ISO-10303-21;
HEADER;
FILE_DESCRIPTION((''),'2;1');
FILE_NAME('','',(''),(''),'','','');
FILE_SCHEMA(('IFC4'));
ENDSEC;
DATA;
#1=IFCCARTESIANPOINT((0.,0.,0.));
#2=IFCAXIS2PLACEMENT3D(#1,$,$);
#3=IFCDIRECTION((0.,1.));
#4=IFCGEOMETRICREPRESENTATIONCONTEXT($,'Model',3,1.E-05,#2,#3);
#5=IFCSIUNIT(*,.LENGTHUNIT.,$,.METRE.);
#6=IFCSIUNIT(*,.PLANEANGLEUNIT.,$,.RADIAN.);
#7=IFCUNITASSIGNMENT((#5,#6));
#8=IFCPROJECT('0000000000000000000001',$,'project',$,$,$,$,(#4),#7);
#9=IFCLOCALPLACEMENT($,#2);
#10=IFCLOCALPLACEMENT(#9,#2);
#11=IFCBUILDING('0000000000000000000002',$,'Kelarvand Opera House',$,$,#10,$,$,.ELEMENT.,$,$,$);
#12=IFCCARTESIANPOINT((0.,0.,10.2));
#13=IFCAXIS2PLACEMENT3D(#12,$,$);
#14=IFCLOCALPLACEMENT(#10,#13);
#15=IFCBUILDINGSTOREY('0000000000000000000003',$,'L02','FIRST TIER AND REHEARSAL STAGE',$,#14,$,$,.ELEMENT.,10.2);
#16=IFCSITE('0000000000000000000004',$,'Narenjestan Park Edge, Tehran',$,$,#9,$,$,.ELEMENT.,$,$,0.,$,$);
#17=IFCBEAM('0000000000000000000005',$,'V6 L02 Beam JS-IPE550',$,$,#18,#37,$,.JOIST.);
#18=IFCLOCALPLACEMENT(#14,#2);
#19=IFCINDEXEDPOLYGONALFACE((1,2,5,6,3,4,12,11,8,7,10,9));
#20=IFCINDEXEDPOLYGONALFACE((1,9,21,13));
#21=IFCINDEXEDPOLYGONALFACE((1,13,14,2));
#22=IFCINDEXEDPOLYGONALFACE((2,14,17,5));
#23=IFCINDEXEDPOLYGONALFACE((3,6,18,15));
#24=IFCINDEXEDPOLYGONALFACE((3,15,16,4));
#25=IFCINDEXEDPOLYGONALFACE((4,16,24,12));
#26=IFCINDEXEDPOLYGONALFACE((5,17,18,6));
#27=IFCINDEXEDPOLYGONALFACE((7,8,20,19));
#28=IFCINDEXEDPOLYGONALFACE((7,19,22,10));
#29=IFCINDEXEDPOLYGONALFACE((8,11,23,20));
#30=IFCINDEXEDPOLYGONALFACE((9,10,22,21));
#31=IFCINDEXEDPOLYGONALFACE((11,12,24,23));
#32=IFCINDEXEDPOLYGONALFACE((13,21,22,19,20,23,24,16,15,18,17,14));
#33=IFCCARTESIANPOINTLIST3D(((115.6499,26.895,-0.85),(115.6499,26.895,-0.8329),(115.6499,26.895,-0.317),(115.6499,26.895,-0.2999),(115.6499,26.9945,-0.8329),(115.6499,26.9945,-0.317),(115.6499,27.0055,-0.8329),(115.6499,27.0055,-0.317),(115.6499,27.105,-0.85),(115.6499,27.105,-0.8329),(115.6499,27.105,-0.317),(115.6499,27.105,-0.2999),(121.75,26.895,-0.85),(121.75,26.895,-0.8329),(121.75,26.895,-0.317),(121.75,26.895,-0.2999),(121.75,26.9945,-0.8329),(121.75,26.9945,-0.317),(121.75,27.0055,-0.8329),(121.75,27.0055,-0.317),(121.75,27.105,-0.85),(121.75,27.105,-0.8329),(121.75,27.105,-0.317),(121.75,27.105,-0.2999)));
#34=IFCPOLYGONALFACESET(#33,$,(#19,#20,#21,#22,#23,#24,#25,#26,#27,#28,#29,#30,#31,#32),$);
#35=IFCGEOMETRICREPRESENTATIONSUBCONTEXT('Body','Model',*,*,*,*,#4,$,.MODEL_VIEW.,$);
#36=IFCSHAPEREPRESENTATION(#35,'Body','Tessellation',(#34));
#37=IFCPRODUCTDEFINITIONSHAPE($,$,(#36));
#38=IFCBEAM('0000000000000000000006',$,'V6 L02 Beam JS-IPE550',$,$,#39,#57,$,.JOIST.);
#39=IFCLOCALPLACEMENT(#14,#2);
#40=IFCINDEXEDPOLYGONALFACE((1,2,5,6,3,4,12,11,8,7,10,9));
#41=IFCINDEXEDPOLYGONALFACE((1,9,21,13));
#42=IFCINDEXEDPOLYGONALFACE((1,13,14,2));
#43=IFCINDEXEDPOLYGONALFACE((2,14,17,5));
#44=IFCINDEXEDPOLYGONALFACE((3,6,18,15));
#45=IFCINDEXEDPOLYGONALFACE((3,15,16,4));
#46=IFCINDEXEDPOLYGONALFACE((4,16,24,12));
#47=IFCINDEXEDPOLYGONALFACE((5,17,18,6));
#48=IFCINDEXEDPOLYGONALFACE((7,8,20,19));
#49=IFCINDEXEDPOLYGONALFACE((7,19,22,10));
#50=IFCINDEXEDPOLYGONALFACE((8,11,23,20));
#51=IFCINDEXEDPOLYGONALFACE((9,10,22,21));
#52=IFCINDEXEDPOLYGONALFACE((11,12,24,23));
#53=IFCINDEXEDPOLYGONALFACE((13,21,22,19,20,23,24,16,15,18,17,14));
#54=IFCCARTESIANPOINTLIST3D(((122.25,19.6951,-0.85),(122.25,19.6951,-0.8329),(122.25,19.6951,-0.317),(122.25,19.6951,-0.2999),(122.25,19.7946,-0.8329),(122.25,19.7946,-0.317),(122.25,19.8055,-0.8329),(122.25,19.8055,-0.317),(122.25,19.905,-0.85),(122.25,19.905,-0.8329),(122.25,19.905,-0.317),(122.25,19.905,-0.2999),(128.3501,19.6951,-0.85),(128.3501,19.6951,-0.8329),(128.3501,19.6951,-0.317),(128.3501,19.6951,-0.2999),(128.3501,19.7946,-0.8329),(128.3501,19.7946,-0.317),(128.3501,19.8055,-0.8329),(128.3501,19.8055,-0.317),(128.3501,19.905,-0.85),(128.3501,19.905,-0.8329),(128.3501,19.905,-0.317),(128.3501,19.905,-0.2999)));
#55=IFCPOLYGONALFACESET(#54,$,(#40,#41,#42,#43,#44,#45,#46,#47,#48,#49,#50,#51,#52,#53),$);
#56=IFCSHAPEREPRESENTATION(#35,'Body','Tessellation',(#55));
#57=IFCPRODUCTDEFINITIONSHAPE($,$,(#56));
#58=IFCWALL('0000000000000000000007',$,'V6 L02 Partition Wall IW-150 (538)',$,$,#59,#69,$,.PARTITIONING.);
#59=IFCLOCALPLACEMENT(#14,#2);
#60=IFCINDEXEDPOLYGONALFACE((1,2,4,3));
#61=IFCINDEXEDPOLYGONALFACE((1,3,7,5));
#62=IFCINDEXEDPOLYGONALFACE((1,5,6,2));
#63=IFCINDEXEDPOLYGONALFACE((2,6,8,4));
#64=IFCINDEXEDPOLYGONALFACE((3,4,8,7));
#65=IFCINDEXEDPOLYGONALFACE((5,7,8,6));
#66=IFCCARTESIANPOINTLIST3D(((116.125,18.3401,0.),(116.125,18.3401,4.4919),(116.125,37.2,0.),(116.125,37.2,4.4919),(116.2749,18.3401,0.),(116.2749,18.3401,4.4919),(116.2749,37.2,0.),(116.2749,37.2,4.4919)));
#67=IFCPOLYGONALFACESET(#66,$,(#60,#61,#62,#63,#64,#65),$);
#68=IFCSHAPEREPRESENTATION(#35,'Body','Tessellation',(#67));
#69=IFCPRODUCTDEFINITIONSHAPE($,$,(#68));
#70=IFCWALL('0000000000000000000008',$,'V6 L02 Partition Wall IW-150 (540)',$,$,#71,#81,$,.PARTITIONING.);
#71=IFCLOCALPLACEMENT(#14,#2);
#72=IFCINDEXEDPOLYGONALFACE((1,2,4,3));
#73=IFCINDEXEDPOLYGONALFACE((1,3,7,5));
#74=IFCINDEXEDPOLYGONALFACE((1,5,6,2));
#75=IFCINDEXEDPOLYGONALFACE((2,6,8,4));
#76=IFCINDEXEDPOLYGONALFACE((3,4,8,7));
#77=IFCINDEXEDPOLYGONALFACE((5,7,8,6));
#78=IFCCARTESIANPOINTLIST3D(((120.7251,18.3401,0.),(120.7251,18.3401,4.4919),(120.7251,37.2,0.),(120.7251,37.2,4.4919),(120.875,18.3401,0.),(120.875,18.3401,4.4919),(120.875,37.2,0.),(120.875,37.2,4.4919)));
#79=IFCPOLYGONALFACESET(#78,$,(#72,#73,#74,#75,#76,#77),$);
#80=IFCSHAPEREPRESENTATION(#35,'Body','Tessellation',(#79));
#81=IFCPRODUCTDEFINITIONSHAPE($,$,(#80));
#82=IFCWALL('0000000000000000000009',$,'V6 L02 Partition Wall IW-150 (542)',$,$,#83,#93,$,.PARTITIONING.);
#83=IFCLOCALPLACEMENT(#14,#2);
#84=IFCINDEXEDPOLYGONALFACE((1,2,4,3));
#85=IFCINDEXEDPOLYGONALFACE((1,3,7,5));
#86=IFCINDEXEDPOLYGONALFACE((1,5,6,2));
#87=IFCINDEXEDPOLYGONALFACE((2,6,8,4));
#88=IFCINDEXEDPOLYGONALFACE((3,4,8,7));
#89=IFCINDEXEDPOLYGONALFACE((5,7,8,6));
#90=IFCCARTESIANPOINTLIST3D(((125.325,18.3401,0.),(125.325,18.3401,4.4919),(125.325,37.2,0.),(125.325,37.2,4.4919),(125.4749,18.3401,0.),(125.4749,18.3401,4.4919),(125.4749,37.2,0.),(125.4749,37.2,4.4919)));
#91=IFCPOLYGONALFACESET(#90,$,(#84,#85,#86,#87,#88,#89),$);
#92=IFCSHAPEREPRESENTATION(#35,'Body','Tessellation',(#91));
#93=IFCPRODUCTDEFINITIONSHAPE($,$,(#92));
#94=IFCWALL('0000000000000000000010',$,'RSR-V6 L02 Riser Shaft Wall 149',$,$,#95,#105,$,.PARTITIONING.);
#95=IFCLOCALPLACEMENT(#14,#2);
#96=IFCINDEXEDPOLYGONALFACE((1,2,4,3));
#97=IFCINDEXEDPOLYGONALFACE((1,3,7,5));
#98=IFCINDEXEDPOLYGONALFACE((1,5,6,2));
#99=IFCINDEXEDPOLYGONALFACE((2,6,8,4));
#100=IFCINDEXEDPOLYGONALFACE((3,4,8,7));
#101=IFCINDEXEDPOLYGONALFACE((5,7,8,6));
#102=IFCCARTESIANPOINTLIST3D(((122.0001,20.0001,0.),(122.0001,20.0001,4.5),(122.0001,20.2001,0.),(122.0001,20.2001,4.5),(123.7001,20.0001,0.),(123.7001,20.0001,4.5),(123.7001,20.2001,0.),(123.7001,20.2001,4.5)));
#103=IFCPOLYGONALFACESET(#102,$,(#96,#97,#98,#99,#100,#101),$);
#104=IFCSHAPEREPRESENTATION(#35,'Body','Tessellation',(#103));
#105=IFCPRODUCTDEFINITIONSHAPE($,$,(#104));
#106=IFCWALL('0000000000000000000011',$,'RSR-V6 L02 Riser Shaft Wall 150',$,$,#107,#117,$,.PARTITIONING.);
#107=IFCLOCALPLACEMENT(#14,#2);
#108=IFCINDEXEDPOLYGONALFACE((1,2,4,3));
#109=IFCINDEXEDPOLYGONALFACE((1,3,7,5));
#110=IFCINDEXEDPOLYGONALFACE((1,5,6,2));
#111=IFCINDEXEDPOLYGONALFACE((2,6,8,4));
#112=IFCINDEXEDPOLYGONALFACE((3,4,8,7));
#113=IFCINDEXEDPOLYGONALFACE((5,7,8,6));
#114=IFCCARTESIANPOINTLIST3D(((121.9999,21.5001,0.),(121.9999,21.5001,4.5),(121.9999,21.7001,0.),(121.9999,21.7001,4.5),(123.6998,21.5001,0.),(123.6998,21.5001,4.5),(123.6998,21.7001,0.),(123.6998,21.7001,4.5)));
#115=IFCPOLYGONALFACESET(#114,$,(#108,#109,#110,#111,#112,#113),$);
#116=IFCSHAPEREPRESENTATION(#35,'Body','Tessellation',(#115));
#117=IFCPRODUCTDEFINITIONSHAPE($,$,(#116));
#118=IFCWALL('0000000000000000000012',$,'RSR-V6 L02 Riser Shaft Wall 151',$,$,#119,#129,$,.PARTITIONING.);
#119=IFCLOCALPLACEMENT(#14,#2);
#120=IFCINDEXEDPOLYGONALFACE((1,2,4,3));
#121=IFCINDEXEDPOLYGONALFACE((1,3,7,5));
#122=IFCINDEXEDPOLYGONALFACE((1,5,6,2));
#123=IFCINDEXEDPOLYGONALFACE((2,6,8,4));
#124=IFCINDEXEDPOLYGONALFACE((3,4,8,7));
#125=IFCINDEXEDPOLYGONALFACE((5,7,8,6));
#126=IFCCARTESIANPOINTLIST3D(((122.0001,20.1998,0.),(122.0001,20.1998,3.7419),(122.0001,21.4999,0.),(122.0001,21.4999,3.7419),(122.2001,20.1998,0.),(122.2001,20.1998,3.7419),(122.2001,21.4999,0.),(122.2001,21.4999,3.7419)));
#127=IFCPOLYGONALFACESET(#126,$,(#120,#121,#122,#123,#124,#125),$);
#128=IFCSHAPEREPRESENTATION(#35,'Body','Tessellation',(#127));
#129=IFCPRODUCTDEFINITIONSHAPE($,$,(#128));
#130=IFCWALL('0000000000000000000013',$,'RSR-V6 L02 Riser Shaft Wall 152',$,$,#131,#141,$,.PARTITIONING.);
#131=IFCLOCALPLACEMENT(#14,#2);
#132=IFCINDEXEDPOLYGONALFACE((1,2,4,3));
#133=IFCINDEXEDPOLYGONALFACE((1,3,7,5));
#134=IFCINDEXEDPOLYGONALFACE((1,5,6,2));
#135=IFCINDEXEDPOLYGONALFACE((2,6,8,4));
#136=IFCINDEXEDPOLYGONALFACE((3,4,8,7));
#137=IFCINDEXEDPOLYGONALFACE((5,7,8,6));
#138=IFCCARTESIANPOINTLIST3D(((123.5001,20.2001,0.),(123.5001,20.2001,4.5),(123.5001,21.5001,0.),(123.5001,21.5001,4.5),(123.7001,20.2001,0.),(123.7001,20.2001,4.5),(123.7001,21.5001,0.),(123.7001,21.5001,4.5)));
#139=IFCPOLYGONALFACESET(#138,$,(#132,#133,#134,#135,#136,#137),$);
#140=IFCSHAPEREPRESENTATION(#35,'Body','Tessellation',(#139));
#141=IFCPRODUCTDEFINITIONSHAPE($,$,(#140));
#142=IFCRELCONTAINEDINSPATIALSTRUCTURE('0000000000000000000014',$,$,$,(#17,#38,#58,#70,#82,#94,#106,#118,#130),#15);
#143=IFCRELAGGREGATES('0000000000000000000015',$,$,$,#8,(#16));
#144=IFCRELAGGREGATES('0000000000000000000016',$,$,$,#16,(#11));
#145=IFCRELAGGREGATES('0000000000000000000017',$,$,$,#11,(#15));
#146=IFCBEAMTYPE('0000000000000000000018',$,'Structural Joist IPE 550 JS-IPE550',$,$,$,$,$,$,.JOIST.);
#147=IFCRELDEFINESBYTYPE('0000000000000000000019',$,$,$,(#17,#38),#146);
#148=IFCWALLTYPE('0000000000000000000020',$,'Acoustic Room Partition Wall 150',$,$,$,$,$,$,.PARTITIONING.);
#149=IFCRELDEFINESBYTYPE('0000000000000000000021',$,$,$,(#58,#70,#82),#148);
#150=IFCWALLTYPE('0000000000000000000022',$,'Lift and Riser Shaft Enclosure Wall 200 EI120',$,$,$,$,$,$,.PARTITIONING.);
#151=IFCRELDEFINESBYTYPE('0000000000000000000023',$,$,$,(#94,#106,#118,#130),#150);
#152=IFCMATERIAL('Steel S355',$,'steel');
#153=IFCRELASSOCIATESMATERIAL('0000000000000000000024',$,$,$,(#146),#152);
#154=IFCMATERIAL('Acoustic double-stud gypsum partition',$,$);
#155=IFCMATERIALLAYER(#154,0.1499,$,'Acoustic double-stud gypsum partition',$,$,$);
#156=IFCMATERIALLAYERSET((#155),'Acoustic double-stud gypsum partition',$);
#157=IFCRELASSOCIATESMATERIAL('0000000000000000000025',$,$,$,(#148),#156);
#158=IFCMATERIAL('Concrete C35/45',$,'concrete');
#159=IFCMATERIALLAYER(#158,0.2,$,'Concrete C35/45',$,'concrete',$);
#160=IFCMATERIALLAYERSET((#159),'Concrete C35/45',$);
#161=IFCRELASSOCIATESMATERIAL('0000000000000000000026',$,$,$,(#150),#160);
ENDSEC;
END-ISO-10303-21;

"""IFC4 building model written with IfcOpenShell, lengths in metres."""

from ifc_helpers import new_model, si_unit, direction, frame, frame_2d, origin, origin_2d, place, context, subcontext, project, spatial, rectangle, i_section, extrude, material, layer, layer_set, material_profile, profile_set, type_object, element, save


model = new_model("IFC4")

# Units and contexts
model_context = context("Model", 3, precision=1e-05, world=origin(), true_north=direction((0.0, 1.0)))
body_context = subcontext(model_context, "Body", "Model", "MODEL_VIEW")
ifc_project = project(units=[si_unit("LENGTHUNIT", "METRE"), si_unit("PLANEANGLEUNIT", "RADIAN")], contexts=[model_context])

# Site, building, storey
site_placement = place(None, origin())
site = spatial("IfcSite", under=ifc_project, at=site_placement, Name="Narenjestan Park Edge, Tehran", CompositionType="ELEMENT", RefElevation=0.0)
building_placement = place(site_placement, origin())
building = spatial("IfcBuilding", under=site, at=building_placement, Name="Kelarvand Opera House", CompositionType="ELEMENT")
storey_placement = place(building_placement, frame((0.0, 0.0, 10.2)))
storey = spatial("IfcBuildingStorey", under=building, at=storey_placement, Name="L02", Description="FIRST TIER AND REHEARSAL STAGE", CompositionType="ELEMENT", Elevation=10.2)

# Beams
ifc_material_1 = material(Name="Concrete C35/45", Category="concrete")
ifc_material_2 = material(Name="Steel S355", Category="steel")
ifc_material_profile_1 = material_profile(ifc_material_2, i_section(OverallWidth=0.21, OverallDepth=0.55, WebThickness=0.011, FlangeThickness=0.0171, at=origin_2d()), Name="IPE 550", Category="steel")
ifc_profile_set_1 = profile_set([ifc_material_profile_1], Name="Steel S355")
beam_type_1 = type_object("IfcBeamType", Name="Structural Joist IPE 550 JS-IPE550", PredefinedType="JOIST", material=ifc_profile_set_1)
for number, where, z_axis, x_axis, name in (
    (1, (115.6499, 27.0, -0.575), (1.0, 0.0, 0.0), (0.0, 1.0, 0.0), "V6 L02 Beam JS-IPE550"),
    (2, (122.25, 19.8, -0.575), (1.0, 0.0, 0.0), (0.0, 1.0, 0.0), "V6 L02 Beam JS-IPE550"),
):
    element("IfcBeam", number, at=place(storey_placement, frame(where, z_axis=z_axis, x_axis=x_axis)), inside=storey, type_object=beam_type_1, Name=name, PredefinedType="JOIST", context=body_context, shape_type="SweptSolid", body=[
        extrude(i_section(OverallWidth=0.21, OverallDepth=0.55, WebThickness=0.011, FlangeThickness=0.0171, at=origin_2d()), origin(), (0.0, 0.0, 1.0), 6.1001),
    ])

# Walls
ifc_material_3 = material(Name="Acoustic double-stud gypsum partition")
ifc_layer_1 = layer(ifc_material_3, 0.1499, Name="Acoustic double-stud gypsum partition")
ifc_layer_set_1 = layer_set([ifc_layer_1], Name="Acoustic double-stud gypsum partition")
wall_type_1 = type_object("IfcWallType", Name="Acoustic Room Partition Wall 150", PredefinedType="PARTITIONING", material=ifc_layer_set_1)
for number, where, z_axis, x_axis, name in (
    (3, (116.2, 18.3401, 0.0), (0.0, 0.0, 1.0), (0.0, 1.0, 0.0), "V6 L02 Partition Wall IW-150 (538)"),
    (4, (120.8, 18.3401, 0.0), (0.0, 0.0, 1.0), (0.0, 1.0, 0.0), "V6 L02 Partition Wall IW-150 (540)"),
    (5, (125.3999, 18.3401, 0.0), (0.0, 0.0, 1.0), (0.0, 1.0, 0.0), "V6 L02 Partition Wall IW-150 (542)"),
):
    element("IfcWall", number, at=place(storey_placement, frame(where, z_axis=z_axis, x_axis=x_axis)), inside=storey, type_object=wall_type_1, Name=name, PredefinedType="PARTITIONING", context=body_context, shape_type="SweptSolid", body=[
        extrude(rectangle(XDim=18.8599, YDim=0.1499, at=frame_2d((9.4299, 0.0))), origin(), (0.0, 0.0, 1.0), 4.4919),
    ])
ifc_layer_2 = layer(ifc_material_1, 0.2, Name="Concrete C35/45", Category="concrete")
ifc_layer_set_2 = layer_set([ifc_layer_2], Name="Concrete C35/45")
wall_type_2 = type_object("IfcWallType", Name="Lift and Riser Shaft Enclosure Wall 200 EI120", PredefinedType="PARTITIONING", material=ifc_layer_set_2)
for number, where, z_axis, x_axis, name in (
    (6, (122.0, 20.1001, 0.0), (0.0, 0.0, 1.0), (1.0, 0.0, 0.0), "RSR-V6 L02 Riser Shaft Wall 149"),
    (7, (123.7, 21.6001, 0.0), (0.0, 0.0, 1.0), (-1.0, 0.0, 0.0), "RSR-V6 L02 Riser Shaft Wall 150"),
):
    element("IfcWall", number, at=place(storey_placement, frame(where, z_axis=z_axis, x_axis=x_axis)), inside=storey, type_object=wall_type_2, Name=name, PredefinedType="PARTITIONING", context=body_context, shape_type="SweptSolid", body=[
        extrude(rectangle(XDim=1.7, YDim=0.2, at=frame_2d((0.8501, 0.0))), origin(), (0.0, 0.0, 1.0), 4.5),
    ])
wall_1_placement = place(storey_placement, frame((122.1001, 20.2, 0.0), z_axis=(0.0, 0.0, 1.0), x_axis=(0.0, 1.0, 0.0)))
element("IfcWall", 8, at=wall_1_placement, inside=storey, type_object=wall_type_2, Name="RSR-V6 L02 Riser Shaft Wall 151", PredefinedType="PARTITIONING", context=body_context, shape_type="SweptSolid", body=[
    extrude(rectangle(XDim=1.3, YDim=0.2, at=frame_2d((0.6499, 0.0))), origin(), (0.0, 0.0, 1.0), 3.7419),
])
wall_2_placement = place(storey_placement, frame((123.6001, 21.5, 0.0), z_axis=(0.0, 0.0, 1.0), x_axis=(0.0, -1.0, 0.0)))
element("IfcWall", 9, at=wall_2_placement, inside=storey, type_object=wall_type_2, Name="RSR-V6 L02 Riser Shaft Wall 152", PredefinedType="PARTITIONING", context=body_context, shape_type="SweptSolid", body=[
    extrude(rectangle(XDim=1.3, YDim=0.2, at=frame_2d((0.6499, 0.0))), origin(), (0.0, 0.0, 1.0), 4.5),
])

save(model, "model.ifc")
